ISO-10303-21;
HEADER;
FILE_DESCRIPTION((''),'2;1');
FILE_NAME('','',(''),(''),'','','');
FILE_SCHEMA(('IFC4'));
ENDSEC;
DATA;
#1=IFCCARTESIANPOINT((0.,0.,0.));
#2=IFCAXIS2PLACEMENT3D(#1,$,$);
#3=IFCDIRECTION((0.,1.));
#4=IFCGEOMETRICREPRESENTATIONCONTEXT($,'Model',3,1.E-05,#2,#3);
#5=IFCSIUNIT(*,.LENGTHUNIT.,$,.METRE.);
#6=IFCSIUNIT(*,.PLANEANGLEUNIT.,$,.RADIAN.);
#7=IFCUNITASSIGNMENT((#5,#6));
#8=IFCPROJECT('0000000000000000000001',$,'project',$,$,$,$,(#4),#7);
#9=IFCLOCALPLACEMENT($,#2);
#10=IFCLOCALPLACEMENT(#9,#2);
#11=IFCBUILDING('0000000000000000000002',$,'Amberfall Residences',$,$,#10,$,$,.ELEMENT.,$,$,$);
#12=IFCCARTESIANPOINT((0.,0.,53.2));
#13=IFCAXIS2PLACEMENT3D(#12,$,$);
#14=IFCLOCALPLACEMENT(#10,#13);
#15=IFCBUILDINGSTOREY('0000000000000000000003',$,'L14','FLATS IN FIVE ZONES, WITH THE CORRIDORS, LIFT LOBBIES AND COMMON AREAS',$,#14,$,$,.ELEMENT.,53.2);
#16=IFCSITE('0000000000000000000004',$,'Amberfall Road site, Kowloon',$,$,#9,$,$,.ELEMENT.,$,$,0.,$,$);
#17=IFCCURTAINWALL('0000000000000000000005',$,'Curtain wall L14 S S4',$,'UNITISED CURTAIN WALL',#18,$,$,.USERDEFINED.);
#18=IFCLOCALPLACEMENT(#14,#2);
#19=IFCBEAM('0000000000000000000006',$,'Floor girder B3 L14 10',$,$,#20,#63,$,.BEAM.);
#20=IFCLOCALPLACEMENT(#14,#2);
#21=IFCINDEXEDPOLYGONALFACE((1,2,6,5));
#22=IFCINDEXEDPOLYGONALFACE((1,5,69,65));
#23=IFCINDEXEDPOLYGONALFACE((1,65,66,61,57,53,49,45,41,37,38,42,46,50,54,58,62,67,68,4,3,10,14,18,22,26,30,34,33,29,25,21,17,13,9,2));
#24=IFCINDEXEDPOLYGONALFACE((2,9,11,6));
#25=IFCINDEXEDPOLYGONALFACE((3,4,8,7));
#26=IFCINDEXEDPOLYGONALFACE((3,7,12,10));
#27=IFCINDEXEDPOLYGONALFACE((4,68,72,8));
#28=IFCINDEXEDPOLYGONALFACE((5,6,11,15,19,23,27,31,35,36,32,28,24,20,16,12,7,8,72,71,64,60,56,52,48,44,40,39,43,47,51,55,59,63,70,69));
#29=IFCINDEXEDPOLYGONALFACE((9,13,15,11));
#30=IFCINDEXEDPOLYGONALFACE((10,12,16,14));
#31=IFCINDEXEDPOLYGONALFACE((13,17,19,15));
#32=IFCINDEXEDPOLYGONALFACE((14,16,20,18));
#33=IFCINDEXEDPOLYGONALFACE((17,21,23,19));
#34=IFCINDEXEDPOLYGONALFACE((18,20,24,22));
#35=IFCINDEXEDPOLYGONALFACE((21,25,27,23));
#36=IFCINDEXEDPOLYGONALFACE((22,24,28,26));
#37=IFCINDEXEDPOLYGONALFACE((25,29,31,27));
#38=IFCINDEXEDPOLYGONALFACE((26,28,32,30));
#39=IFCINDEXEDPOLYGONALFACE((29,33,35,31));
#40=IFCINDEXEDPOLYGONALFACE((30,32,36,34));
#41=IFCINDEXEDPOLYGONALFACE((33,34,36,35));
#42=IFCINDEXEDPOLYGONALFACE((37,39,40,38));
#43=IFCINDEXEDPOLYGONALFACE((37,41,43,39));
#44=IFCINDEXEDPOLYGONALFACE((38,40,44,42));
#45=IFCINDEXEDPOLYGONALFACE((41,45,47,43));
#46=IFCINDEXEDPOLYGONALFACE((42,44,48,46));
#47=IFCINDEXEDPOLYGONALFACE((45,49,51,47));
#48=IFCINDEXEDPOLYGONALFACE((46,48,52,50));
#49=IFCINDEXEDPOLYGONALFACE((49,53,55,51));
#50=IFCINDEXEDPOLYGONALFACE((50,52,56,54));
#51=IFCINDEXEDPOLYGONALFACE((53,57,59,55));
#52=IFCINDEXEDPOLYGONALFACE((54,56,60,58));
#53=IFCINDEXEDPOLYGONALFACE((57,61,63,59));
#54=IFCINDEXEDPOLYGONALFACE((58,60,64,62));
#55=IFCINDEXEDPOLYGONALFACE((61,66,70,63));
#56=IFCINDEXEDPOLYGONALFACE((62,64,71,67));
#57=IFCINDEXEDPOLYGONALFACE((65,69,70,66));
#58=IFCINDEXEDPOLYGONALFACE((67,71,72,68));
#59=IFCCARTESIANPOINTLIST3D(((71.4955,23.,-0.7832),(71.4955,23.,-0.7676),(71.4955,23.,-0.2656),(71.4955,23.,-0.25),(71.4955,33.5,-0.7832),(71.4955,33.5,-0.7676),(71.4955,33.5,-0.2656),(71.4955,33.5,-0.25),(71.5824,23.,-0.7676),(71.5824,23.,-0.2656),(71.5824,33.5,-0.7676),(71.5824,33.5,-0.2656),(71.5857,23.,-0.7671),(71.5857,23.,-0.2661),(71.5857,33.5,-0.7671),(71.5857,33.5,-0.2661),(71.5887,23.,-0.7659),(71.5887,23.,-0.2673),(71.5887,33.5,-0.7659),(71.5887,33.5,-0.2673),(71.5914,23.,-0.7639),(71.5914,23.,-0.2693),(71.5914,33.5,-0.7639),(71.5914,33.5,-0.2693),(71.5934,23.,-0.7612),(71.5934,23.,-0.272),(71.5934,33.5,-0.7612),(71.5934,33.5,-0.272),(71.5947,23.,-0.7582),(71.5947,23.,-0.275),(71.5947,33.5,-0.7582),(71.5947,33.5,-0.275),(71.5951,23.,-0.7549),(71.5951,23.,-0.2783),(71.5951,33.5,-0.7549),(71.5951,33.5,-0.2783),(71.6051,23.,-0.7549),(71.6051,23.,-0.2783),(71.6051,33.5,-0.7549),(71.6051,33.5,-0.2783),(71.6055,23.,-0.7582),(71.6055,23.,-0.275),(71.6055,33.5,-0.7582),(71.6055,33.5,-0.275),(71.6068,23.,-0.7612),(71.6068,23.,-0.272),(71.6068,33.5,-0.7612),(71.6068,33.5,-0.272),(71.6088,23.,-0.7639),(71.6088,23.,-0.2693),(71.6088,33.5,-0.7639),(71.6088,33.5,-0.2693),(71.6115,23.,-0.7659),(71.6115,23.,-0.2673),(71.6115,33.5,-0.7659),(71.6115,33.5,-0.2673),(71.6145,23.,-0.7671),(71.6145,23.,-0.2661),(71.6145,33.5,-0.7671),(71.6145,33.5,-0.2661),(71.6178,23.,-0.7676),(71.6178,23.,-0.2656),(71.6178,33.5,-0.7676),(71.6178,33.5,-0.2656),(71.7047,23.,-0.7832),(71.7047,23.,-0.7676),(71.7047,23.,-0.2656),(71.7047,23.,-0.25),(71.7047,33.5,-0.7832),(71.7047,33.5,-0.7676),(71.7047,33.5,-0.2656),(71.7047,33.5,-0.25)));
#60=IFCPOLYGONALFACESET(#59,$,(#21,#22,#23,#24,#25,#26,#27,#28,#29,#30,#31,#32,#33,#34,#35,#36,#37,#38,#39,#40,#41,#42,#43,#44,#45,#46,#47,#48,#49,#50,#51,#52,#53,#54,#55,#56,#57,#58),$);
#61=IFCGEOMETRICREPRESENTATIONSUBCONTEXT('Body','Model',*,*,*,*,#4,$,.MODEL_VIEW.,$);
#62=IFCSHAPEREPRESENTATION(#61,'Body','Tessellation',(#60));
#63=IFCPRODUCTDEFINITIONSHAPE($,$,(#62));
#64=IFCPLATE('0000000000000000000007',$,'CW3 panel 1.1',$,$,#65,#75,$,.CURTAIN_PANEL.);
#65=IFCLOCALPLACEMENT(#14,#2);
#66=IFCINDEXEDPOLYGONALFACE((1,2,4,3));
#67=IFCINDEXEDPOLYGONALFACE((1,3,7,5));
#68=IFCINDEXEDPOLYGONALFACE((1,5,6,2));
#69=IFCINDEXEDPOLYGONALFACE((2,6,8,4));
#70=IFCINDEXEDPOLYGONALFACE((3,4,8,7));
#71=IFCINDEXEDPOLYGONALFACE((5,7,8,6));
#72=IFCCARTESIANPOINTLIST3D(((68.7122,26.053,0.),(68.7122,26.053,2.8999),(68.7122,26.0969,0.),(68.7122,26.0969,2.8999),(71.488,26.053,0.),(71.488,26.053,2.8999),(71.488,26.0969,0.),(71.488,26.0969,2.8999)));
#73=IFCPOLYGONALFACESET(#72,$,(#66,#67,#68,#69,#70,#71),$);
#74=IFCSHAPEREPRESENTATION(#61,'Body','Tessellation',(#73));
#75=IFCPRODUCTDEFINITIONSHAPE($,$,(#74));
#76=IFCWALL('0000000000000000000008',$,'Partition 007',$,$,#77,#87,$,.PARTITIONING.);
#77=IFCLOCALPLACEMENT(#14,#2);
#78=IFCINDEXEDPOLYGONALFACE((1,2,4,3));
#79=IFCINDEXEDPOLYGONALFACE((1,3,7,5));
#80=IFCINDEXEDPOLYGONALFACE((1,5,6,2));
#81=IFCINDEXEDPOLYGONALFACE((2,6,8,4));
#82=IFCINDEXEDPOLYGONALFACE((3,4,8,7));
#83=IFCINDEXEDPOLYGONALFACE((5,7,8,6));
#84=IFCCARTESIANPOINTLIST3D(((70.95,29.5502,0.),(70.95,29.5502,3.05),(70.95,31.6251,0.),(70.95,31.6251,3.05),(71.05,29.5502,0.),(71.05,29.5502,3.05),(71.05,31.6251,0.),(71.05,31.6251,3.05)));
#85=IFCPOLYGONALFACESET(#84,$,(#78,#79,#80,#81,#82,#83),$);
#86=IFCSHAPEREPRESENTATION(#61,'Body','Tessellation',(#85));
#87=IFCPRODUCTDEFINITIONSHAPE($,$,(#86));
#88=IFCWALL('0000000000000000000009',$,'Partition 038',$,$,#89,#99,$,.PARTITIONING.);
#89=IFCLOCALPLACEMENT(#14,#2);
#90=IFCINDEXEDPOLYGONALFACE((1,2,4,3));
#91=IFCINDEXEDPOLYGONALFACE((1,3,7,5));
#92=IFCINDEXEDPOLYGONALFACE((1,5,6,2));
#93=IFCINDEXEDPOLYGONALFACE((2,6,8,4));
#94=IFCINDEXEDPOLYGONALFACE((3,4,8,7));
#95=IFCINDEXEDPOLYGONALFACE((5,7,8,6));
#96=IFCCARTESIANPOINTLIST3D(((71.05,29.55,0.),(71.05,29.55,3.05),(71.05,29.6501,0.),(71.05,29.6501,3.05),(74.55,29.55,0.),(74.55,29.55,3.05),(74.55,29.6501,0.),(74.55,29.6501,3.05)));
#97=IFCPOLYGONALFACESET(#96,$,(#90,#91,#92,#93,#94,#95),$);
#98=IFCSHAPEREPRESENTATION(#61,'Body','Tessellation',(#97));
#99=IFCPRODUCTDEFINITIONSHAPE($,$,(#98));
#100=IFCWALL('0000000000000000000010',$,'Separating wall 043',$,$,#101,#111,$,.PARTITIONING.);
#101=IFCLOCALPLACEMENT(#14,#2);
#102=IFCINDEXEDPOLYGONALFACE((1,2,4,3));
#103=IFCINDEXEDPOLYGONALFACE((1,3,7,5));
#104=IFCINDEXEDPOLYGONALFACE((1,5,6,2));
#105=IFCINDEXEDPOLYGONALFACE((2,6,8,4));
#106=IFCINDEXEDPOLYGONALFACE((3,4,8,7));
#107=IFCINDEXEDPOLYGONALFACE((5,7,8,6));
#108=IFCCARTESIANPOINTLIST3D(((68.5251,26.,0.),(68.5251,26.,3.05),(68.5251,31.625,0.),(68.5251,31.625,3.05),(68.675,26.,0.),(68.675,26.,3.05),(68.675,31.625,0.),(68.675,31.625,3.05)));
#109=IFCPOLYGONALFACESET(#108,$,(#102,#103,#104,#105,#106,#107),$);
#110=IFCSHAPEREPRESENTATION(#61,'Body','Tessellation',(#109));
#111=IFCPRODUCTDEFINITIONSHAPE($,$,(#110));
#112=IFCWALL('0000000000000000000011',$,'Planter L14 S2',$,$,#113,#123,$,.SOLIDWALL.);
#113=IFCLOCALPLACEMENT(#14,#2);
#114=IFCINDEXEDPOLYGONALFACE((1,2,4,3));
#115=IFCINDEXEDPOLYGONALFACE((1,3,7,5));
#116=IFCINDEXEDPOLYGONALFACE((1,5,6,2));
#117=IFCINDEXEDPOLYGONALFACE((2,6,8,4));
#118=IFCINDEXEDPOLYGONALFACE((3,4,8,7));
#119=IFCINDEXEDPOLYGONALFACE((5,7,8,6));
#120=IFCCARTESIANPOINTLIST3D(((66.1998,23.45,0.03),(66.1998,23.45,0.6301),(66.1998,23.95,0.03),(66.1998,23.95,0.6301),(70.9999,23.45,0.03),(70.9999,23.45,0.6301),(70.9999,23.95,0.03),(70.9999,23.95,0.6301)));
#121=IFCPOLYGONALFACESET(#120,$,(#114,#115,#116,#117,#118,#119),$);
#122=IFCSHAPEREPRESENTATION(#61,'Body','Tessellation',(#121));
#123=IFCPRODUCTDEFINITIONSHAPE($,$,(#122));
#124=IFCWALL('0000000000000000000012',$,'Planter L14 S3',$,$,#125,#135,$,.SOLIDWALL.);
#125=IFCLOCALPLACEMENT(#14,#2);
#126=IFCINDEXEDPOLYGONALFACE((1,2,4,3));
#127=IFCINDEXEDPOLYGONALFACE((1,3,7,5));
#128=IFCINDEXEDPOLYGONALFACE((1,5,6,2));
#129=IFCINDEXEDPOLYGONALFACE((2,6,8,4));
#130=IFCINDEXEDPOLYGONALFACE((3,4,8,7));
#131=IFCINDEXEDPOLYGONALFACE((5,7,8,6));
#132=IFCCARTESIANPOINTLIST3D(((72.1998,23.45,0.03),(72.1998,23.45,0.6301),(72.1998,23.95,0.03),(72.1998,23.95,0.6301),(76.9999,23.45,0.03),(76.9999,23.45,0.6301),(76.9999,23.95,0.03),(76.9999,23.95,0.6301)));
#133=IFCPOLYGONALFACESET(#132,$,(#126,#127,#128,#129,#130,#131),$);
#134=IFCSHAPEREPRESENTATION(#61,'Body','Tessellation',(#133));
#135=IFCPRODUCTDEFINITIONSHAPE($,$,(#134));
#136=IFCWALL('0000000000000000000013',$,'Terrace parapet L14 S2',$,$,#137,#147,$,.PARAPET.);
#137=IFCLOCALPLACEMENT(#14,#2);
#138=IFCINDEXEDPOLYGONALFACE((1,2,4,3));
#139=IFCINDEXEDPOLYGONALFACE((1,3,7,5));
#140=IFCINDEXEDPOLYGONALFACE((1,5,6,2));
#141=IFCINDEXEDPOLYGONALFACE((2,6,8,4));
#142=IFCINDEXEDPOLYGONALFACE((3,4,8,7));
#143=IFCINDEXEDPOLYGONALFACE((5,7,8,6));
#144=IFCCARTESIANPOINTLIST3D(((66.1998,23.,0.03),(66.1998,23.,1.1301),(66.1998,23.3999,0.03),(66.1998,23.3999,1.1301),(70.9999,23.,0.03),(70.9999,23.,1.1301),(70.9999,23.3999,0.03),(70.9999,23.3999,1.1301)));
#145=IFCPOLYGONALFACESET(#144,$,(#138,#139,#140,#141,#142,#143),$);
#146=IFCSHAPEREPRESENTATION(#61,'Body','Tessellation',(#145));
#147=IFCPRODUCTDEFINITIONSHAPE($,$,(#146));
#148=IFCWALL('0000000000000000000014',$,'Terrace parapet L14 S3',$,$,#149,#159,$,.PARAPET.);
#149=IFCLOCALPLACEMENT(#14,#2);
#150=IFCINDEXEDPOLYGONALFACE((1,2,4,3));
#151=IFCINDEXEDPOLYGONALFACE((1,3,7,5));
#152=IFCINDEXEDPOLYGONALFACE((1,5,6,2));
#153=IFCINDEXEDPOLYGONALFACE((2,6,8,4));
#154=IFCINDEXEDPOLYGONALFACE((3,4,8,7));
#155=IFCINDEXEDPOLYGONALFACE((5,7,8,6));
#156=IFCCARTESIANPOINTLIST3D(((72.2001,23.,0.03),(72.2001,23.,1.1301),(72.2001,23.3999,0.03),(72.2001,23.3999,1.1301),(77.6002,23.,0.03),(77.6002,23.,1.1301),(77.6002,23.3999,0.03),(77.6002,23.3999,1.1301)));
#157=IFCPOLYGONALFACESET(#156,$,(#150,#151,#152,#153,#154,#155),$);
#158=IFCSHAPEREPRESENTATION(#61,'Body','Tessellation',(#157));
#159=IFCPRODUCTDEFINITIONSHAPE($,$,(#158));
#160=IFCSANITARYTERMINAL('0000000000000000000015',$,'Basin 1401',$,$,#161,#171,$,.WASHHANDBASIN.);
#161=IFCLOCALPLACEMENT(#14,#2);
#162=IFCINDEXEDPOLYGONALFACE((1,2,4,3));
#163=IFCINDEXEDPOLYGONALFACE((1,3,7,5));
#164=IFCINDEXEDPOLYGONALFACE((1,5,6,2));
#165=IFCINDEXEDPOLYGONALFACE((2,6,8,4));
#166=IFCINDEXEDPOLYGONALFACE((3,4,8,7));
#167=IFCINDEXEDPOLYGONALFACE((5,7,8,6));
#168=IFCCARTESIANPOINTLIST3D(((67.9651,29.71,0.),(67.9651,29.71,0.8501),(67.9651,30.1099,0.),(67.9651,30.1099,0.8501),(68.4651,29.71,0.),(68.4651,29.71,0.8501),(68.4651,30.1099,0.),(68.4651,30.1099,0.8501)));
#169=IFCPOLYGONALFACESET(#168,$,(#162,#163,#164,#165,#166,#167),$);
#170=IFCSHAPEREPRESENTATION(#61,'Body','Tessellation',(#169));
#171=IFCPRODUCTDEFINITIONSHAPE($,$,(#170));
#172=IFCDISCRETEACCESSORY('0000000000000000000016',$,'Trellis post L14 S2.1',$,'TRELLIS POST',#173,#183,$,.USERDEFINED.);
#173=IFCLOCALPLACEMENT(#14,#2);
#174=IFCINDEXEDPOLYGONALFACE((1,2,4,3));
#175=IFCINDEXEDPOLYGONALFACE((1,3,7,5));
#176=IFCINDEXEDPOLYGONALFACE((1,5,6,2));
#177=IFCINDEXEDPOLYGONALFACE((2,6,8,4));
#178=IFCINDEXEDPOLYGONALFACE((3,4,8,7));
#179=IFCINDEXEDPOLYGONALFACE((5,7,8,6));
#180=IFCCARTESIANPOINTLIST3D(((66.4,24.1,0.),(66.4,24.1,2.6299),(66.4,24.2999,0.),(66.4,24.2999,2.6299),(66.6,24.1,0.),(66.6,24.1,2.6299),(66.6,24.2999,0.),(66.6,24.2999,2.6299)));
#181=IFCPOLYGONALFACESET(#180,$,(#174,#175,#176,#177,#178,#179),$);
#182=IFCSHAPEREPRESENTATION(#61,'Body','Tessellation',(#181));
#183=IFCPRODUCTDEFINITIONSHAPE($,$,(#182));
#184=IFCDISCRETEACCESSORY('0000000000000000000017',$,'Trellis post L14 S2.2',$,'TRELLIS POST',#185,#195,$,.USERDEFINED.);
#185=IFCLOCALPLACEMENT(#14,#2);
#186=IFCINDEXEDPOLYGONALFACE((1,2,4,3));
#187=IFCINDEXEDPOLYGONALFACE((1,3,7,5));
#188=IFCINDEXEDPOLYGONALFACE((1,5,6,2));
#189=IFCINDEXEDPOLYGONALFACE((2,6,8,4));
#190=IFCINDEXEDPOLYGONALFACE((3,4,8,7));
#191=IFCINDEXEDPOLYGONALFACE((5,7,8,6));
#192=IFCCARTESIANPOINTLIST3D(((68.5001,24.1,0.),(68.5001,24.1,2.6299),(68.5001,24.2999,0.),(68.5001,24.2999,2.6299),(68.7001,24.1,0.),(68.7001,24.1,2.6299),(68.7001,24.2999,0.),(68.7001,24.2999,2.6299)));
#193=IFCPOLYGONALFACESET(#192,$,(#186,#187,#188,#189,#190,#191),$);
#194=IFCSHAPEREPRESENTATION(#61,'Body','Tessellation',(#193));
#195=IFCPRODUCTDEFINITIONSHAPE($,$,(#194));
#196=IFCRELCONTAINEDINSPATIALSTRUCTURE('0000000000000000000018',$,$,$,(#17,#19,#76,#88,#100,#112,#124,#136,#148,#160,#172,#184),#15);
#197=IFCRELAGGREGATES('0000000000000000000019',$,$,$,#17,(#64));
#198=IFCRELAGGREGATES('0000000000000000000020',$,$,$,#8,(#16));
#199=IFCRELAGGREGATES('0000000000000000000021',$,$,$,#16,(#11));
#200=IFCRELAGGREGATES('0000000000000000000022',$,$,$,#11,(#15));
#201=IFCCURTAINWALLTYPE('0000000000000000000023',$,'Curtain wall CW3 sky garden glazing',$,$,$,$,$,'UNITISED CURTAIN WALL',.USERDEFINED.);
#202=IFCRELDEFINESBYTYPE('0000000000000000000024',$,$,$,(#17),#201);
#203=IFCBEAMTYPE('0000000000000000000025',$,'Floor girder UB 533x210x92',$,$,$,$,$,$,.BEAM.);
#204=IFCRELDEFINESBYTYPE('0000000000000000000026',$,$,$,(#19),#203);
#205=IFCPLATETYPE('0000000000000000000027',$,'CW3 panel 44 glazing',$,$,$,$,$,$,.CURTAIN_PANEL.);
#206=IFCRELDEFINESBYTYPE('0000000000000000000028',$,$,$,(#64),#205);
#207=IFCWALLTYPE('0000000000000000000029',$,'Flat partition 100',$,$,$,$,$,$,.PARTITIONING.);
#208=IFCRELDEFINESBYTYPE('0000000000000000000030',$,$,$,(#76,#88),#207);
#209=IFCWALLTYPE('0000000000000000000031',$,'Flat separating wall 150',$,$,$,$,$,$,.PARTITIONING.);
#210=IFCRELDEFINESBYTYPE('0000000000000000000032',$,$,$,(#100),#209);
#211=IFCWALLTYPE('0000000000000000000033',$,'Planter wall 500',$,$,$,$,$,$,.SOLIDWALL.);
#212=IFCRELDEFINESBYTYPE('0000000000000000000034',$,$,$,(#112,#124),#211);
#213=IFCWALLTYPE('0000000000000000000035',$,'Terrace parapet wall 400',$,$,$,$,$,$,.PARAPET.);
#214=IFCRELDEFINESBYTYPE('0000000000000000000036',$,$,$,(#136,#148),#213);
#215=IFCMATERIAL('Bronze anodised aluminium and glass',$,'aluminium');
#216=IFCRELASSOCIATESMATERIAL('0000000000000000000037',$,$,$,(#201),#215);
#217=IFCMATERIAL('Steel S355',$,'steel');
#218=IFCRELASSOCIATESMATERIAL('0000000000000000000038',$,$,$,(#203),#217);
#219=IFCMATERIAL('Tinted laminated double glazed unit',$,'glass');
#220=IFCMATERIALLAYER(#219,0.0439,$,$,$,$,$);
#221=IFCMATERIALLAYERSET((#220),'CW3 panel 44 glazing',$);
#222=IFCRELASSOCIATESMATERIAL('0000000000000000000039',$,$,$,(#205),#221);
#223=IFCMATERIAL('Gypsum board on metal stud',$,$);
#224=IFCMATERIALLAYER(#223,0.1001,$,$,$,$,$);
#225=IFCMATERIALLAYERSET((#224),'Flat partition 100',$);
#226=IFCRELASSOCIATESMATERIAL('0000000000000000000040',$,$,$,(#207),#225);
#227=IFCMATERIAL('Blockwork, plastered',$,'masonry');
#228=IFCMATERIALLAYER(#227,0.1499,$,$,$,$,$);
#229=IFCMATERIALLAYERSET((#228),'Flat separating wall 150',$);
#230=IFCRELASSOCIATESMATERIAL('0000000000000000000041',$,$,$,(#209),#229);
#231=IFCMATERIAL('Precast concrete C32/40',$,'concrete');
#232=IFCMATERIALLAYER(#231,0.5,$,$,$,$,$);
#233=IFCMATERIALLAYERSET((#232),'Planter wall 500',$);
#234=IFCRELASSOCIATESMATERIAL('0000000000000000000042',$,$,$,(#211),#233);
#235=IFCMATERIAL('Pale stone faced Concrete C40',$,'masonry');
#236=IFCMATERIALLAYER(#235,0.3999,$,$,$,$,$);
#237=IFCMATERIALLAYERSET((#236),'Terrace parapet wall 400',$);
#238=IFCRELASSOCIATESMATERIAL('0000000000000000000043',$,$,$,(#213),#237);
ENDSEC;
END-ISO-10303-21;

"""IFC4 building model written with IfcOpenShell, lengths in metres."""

from ifc_helpers import new_model, si_unit, direction, frame, frame_2d, origin, origin_2d, place, context, subcontext, project, spatial, rectangle, i_section, extrude, material, layer, layer_set, material_profile, profile_set, type_object, element, aggregate, save


model = new_model("IFC4")

# Units and contexts
model_context = context("Model", 3, precision=1e-05, world=origin(), true_north=direction((0.0, 1.0)))
body_context = subcontext(model_context, "Body", "Model", "MODEL_VIEW")
ifc_project = project(units=[si_unit("LENGTHUNIT", "METRE"), si_unit("PLANEANGLEUNIT", "RADIAN")], contexts=[model_context])

# Site, building, storey
site_placement = place(None, origin())
site = spatial("IfcSite", under=ifc_project, at=site_placement, Name="Amberfall Road site, Kowloon", CompositionType="ELEMENT", RefElevation=0.0)
building_placement = place(site_placement, origin())
building = spatial("IfcBuilding", under=site, at=building_placement, Name="Amberfall Residences", CompositionType="ELEMENT")
storey_placement = place(building_placement, frame((0.0, 0.0, 53.2)))
storey = spatial("IfcBuildingStorey", under=building, at=storey_placement, Name="L14", Description="FLATS IN FIVE ZONES, WITH THE CORRIDORS, LIFT LOBBIES AND COMMON AREAS", CompositionType="ELEMENT", Elevation=53.2)

# Curtain wall
ifc_material_1 = material(Name="Bronze anodised aluminium and glass", Category="aluminium")
curtain_wall_type = type_object("IfcCurtainWallType", Name="Curtain wall CW3 sky garden glazing", ElementType="UNITISED CURTAIN WALL", PredefinedType="USERDEFINED", material=ifc_material_1)
curtain_wall_1_placement = place(storey_placement, origin())
curtain_wall_1 = element("IfcCurtainWall", 1, at=curtain_wall_1_placement, inside=storey, type_object=curtain_wall_type, Name="Curtain wall L14 S S4", ObjectType="UNITISED CURTAIN WALL", PredefinedType="USERDEFINED")

# Beam
ifc_material_2 = material(Name="Steel S355", Category="steel")
ifc_material_profile_1 = material_profile(ifc_material_2, i_section(OverallWidth=0.2092, OverallDepth=0.5332, WebThickness=0.01, FlangeThickness=0.0156, FilletRadius=0.0127, at=origin_2d()), Name="UB 533x210x92")
ifc_profile_set_1 = profile_set([ifc_material_profile_1], Name="Steel S355")
beam_type_1 = type_object("IfcBeamType", Name="Floor girder UB 533x210x92", PredefinedType="BEAM", material=ifc_profile_set_1)
beam_placement = place(storey_placement, frame((71.6001, 23.0, -0.5166), z_axis=(0.0, 1.0, 0.0), x_axis=(-1.0, 0.0, 0.0)))
element("IfcBeam", 2, at=beam_placement, inside=storey, type_object=beam_type_1, Name="Floor girder B3 L14 10", PredefinedType="BEAM", context=body_context, shape_type="SweptSolid", body=[
    extrude(i_section(OverallWidth=0.2092, OverallDepth=0.5332, WebThickness=0.01, FlangeThickness=0.0156, FilletRadius=0.0127, at=origin_2d()), origin(), (0.0, 0.0, 1.0), 10.5),
])

# Plate
ifc_material_3 = material(Name="Tinted laminated double glazed unit", Category="glass")
ifc_layer_1 = layer(ifc_material_3, 0.0439)
ifc_layer_set_1 = layer_set([ifc_layer_1], Name="CW3 panel 44 glazing")
plate_type = type_object("IfcPlateType", Name="CW3 panel 44 glazing", PredefinedType="CURTAIN_PANEL", material=ifc_layer_set_1)
plate_placement = place(storey_placement, frame((70.1001, 26.075, 0.0), z_axis=(0.0, 0.0, 1.0), x_axis=(1.0, 0.0, 0.0)))
plate = element("IfcPlate", 3, at=plate_placement, type_object=plate_type, Name="CW3 panel 1.1", PredefinedType="CURTAIN_PANEL", context=body_context, shape_type="SweptSolid", body=[
    extrude(rectangle(XDim=2.7759, YDim=0.0439, at=origin_2d()), origin(), (0.0, 0.0, 1.0), 2.8999),
])
aggregate(curtain_wall_1, [plate])

# Walls
ifc_material_4 = material(Name="Gypsum board on metal stud")
ifc_layer_2 = layer(ifc_material_4, 0.1001)
ifc_layer_set_2 = layer_set([ifc_layer_2], Name="Flat partition 100")
wall_type_1 = type_object("IfcWallType", Name="Flat partition 100", PredefinedType="PARTITIONING", material=ifc_layer_set_2)
wall_1_placement = place(storey_placement, frame((71.0, 29.55, 0.0), z_axis=(0.0, 0.0, 1.0), x_axis=(0.0, 1.0, 0.0)))
element("IfcWall", 4, at=wall_1_placement, inside=storey, type_object=wall_type_1, Name="Partition 007", PredefinedType="PARTITIONING", context=body_context, shape_type="SweptSolid", body=[
    extrude(rectangle(XDim=2.075, YDim=0.1001, at=frame_2d((1.0376, 0.0))), origin(), (0.0, 0.0, 1.0), 3.05),
])
wall_2_placement = place(storey_placement, frame((71.05, 29.6001, 0.0), z_axis=(0.0, 0.0, 1.0), x_axis=(1.0, 0.0, 0.0)))
element("IfcWall", 5, at=wall_2_placement, inside=storey, type_object=wall_type_1, Name="Partition 038", PredefinedType="PARTITIONING", context=body_context, shape_type="SweptSolid", body=[
    extrude(rectangle(XDim=3.5, YDim=0.1001, at=frame_2d((1.75, 0.0))), origin(), (0.0, 0.0, 1.0), 3.05),
])
ifc_material_5 = material(Name="Blockwork, plastered", Category="masonry")
ifc_layer_3 = layer(ifc_material_5, 0.1499)
ifc_layer_set_3 = layer_set([ifc_layer_3], Name="Flat separating wall 150")
wall_type_2 = type_object("IfcWallType", Name="Flat separating wall 150", PredefinedType="PARTITIONING", material=ifc_layer_set_3)
wall_3_placement = place(storey_placement, frame((68.6001, 26.0, 0.0), z_axis=(0.0, 0.0, 1.0), x_axis=(0.0, 1.0, 0.0)))
element("IfcWall", 6, at=wall_3_placement, inside=storey, type_object=wall_type_2, Name="Separating wall 043", PredefinedType="PARTITIONING", context=body_context, shape_type="SweptSolid", body=[
    extrude(rectangle(XDim=5.625, YDim=0.1499, at=frame_2d((2.8125, 0.0))), origin(), (0.0, 0.0, 1.0), 3.05),
])
ifc_material_6 = material(Name="Precast concrete C32/40", Category="concrete")
ifc_layer_4 = layer(ifc_material_6, 0.5)
ifc_layer_set_4 = layer_set([ifc_layer_4], Name="Planter wall 500")
wall_type_3 = type_object("IfcWallType", Name="Planter wall 500", PredefinedType="SOLIDWALL", material=ifc_layer_set_4)
for number, where, z_axis, x_axis, name in (
    (7, (66.2, 23.7, 0.03), (0.0, 0.0, 1.0), (1.0, 0.0, 0.0), "Planter L14 S2"),
    (8, (72.2, 23.7, 0.03), (0.0, 0.0, 1.0), (1.0, 0.0, 0.0), "Planter L14 S3"),
):
    element("IfcWall", number, at=place(storey_placement, frame(where, z_axis=z_axis, x_axis=x_axis)), inside=storey, type_object=wall_type_3, Name=name, PredefinedType="SOLIDWALL", context=body_context, shape_type="SweptSolid", body=[
        extrude(rectangle(XDim=4.8, YDim=0.5, at=frame_2d((2.3999, 0.0))), origin(), (0.0, 0.0, 1.0), 0.6001),
    ])

# Walls
ifc_material_7 = material(Name="Pale stone faced Concrete C40", Category="masonry")
ifc_layer_5 = layer(ifc_material_7, 0.3999)
ifc_layer_set_5 = layer_set([ifc_layer_5], Name="Terrace parapet wall 400")
wall_type_4 = type_object("IfcWallType", Name="Terrace parapet wall 400", PredefinedType="PARAPET", material=ifc_layer_set_5)
wall_4_placement = place(storey_placement, frame((66.2, 23.2, 0.03), z_axis=(0.0, 0.0, 1.0), x_axis=(1.0, 0.0, 0.0)))
element("IfcWall", 9, at=wall_4_placement, inside=storey, type_object=wall_type_4, Name="Terrace parapet L14 S2", PredefinedType="PARAPET", context=body_context, shape_type="SweptSolid", body=[
    extrude(rectangle(XDim=4.8, YDim=0.3999, at=frame_2d((2.3999, 0.0))), origin(), (0.0, 0.0, 1.0), 1.1001),
])
wall_5_placement = place(storey_placement, frame((72.2, 23.2, 0.03), z_axis=(0.0, 0.0, 1.0), x_axis=(1.0, 0.0, 0.0)))
element("IfcWall", 10, at=wall_5_placement, inside=storey, type_object=wall_type_4, Name="Terrace parapet L14 S3", PredefinedType="PARAPET", context=body_context, shape_type="SweptSolid", body=[
    extrude(rectangle(XDim=5.4001, YDim=0.3999, at=frame_2d((2.7002, 0.0))), origin(), (0.0, 0.0, 1.0), 1.1001),
])

# Sanitary terminal
sanitary_terminal_placement = place(storey_placement, frame((68.2151, 29.9099, 0.0), z_axis=(0.0, 0.0, 1.0), x_axis=(1.0, 0.0, 0.0)))
element("IfcSanitaryTerminal", 11, at=sanitary_terminal_placement, inside=storey, Name="Basin 1401", PredefinedType="WASHHANDBASIN", context=body_context, shape_type="SweptSolid", body=[
    extrude(rectangle(XDim=0.5, YDim=0.3999, at=origin_2d()), origin(), (0.0, 0.0, 1.0), 0.8501),
])

# Discrete accessories
for number, where, z_axis, x_axis, name in (
    (12, (66.5, 24.2, 0.0), (0.0, 0.0, 1.0), (1.0, 0.0, 0.0), "Trellis post L14 S2.1"),
    (13, (68.6001, 24.2, 0.0), (0.0, 0.0, 1.0), (1.0, 0.0, 0.0), "Trellis post L14 S2.2"),
):
    element("IfcDiscreteAccessory", number, at=place(storey_placement, frame(where, z_axis=z_axis, x_axis=x_axis)), inside=storey, Name=name, ObjectType="TRELLIS POST", PredefinedType="USERDEFINED", context=body_context, shape_type="SweptSolid", body=[
        extrude(rectangle(XDim=0.2, YDim=0.2, at=origin_2d()), origin(), (0.0, 0.0, 1.0), 2.6299),
    ])

save(model, "model.ifc")
